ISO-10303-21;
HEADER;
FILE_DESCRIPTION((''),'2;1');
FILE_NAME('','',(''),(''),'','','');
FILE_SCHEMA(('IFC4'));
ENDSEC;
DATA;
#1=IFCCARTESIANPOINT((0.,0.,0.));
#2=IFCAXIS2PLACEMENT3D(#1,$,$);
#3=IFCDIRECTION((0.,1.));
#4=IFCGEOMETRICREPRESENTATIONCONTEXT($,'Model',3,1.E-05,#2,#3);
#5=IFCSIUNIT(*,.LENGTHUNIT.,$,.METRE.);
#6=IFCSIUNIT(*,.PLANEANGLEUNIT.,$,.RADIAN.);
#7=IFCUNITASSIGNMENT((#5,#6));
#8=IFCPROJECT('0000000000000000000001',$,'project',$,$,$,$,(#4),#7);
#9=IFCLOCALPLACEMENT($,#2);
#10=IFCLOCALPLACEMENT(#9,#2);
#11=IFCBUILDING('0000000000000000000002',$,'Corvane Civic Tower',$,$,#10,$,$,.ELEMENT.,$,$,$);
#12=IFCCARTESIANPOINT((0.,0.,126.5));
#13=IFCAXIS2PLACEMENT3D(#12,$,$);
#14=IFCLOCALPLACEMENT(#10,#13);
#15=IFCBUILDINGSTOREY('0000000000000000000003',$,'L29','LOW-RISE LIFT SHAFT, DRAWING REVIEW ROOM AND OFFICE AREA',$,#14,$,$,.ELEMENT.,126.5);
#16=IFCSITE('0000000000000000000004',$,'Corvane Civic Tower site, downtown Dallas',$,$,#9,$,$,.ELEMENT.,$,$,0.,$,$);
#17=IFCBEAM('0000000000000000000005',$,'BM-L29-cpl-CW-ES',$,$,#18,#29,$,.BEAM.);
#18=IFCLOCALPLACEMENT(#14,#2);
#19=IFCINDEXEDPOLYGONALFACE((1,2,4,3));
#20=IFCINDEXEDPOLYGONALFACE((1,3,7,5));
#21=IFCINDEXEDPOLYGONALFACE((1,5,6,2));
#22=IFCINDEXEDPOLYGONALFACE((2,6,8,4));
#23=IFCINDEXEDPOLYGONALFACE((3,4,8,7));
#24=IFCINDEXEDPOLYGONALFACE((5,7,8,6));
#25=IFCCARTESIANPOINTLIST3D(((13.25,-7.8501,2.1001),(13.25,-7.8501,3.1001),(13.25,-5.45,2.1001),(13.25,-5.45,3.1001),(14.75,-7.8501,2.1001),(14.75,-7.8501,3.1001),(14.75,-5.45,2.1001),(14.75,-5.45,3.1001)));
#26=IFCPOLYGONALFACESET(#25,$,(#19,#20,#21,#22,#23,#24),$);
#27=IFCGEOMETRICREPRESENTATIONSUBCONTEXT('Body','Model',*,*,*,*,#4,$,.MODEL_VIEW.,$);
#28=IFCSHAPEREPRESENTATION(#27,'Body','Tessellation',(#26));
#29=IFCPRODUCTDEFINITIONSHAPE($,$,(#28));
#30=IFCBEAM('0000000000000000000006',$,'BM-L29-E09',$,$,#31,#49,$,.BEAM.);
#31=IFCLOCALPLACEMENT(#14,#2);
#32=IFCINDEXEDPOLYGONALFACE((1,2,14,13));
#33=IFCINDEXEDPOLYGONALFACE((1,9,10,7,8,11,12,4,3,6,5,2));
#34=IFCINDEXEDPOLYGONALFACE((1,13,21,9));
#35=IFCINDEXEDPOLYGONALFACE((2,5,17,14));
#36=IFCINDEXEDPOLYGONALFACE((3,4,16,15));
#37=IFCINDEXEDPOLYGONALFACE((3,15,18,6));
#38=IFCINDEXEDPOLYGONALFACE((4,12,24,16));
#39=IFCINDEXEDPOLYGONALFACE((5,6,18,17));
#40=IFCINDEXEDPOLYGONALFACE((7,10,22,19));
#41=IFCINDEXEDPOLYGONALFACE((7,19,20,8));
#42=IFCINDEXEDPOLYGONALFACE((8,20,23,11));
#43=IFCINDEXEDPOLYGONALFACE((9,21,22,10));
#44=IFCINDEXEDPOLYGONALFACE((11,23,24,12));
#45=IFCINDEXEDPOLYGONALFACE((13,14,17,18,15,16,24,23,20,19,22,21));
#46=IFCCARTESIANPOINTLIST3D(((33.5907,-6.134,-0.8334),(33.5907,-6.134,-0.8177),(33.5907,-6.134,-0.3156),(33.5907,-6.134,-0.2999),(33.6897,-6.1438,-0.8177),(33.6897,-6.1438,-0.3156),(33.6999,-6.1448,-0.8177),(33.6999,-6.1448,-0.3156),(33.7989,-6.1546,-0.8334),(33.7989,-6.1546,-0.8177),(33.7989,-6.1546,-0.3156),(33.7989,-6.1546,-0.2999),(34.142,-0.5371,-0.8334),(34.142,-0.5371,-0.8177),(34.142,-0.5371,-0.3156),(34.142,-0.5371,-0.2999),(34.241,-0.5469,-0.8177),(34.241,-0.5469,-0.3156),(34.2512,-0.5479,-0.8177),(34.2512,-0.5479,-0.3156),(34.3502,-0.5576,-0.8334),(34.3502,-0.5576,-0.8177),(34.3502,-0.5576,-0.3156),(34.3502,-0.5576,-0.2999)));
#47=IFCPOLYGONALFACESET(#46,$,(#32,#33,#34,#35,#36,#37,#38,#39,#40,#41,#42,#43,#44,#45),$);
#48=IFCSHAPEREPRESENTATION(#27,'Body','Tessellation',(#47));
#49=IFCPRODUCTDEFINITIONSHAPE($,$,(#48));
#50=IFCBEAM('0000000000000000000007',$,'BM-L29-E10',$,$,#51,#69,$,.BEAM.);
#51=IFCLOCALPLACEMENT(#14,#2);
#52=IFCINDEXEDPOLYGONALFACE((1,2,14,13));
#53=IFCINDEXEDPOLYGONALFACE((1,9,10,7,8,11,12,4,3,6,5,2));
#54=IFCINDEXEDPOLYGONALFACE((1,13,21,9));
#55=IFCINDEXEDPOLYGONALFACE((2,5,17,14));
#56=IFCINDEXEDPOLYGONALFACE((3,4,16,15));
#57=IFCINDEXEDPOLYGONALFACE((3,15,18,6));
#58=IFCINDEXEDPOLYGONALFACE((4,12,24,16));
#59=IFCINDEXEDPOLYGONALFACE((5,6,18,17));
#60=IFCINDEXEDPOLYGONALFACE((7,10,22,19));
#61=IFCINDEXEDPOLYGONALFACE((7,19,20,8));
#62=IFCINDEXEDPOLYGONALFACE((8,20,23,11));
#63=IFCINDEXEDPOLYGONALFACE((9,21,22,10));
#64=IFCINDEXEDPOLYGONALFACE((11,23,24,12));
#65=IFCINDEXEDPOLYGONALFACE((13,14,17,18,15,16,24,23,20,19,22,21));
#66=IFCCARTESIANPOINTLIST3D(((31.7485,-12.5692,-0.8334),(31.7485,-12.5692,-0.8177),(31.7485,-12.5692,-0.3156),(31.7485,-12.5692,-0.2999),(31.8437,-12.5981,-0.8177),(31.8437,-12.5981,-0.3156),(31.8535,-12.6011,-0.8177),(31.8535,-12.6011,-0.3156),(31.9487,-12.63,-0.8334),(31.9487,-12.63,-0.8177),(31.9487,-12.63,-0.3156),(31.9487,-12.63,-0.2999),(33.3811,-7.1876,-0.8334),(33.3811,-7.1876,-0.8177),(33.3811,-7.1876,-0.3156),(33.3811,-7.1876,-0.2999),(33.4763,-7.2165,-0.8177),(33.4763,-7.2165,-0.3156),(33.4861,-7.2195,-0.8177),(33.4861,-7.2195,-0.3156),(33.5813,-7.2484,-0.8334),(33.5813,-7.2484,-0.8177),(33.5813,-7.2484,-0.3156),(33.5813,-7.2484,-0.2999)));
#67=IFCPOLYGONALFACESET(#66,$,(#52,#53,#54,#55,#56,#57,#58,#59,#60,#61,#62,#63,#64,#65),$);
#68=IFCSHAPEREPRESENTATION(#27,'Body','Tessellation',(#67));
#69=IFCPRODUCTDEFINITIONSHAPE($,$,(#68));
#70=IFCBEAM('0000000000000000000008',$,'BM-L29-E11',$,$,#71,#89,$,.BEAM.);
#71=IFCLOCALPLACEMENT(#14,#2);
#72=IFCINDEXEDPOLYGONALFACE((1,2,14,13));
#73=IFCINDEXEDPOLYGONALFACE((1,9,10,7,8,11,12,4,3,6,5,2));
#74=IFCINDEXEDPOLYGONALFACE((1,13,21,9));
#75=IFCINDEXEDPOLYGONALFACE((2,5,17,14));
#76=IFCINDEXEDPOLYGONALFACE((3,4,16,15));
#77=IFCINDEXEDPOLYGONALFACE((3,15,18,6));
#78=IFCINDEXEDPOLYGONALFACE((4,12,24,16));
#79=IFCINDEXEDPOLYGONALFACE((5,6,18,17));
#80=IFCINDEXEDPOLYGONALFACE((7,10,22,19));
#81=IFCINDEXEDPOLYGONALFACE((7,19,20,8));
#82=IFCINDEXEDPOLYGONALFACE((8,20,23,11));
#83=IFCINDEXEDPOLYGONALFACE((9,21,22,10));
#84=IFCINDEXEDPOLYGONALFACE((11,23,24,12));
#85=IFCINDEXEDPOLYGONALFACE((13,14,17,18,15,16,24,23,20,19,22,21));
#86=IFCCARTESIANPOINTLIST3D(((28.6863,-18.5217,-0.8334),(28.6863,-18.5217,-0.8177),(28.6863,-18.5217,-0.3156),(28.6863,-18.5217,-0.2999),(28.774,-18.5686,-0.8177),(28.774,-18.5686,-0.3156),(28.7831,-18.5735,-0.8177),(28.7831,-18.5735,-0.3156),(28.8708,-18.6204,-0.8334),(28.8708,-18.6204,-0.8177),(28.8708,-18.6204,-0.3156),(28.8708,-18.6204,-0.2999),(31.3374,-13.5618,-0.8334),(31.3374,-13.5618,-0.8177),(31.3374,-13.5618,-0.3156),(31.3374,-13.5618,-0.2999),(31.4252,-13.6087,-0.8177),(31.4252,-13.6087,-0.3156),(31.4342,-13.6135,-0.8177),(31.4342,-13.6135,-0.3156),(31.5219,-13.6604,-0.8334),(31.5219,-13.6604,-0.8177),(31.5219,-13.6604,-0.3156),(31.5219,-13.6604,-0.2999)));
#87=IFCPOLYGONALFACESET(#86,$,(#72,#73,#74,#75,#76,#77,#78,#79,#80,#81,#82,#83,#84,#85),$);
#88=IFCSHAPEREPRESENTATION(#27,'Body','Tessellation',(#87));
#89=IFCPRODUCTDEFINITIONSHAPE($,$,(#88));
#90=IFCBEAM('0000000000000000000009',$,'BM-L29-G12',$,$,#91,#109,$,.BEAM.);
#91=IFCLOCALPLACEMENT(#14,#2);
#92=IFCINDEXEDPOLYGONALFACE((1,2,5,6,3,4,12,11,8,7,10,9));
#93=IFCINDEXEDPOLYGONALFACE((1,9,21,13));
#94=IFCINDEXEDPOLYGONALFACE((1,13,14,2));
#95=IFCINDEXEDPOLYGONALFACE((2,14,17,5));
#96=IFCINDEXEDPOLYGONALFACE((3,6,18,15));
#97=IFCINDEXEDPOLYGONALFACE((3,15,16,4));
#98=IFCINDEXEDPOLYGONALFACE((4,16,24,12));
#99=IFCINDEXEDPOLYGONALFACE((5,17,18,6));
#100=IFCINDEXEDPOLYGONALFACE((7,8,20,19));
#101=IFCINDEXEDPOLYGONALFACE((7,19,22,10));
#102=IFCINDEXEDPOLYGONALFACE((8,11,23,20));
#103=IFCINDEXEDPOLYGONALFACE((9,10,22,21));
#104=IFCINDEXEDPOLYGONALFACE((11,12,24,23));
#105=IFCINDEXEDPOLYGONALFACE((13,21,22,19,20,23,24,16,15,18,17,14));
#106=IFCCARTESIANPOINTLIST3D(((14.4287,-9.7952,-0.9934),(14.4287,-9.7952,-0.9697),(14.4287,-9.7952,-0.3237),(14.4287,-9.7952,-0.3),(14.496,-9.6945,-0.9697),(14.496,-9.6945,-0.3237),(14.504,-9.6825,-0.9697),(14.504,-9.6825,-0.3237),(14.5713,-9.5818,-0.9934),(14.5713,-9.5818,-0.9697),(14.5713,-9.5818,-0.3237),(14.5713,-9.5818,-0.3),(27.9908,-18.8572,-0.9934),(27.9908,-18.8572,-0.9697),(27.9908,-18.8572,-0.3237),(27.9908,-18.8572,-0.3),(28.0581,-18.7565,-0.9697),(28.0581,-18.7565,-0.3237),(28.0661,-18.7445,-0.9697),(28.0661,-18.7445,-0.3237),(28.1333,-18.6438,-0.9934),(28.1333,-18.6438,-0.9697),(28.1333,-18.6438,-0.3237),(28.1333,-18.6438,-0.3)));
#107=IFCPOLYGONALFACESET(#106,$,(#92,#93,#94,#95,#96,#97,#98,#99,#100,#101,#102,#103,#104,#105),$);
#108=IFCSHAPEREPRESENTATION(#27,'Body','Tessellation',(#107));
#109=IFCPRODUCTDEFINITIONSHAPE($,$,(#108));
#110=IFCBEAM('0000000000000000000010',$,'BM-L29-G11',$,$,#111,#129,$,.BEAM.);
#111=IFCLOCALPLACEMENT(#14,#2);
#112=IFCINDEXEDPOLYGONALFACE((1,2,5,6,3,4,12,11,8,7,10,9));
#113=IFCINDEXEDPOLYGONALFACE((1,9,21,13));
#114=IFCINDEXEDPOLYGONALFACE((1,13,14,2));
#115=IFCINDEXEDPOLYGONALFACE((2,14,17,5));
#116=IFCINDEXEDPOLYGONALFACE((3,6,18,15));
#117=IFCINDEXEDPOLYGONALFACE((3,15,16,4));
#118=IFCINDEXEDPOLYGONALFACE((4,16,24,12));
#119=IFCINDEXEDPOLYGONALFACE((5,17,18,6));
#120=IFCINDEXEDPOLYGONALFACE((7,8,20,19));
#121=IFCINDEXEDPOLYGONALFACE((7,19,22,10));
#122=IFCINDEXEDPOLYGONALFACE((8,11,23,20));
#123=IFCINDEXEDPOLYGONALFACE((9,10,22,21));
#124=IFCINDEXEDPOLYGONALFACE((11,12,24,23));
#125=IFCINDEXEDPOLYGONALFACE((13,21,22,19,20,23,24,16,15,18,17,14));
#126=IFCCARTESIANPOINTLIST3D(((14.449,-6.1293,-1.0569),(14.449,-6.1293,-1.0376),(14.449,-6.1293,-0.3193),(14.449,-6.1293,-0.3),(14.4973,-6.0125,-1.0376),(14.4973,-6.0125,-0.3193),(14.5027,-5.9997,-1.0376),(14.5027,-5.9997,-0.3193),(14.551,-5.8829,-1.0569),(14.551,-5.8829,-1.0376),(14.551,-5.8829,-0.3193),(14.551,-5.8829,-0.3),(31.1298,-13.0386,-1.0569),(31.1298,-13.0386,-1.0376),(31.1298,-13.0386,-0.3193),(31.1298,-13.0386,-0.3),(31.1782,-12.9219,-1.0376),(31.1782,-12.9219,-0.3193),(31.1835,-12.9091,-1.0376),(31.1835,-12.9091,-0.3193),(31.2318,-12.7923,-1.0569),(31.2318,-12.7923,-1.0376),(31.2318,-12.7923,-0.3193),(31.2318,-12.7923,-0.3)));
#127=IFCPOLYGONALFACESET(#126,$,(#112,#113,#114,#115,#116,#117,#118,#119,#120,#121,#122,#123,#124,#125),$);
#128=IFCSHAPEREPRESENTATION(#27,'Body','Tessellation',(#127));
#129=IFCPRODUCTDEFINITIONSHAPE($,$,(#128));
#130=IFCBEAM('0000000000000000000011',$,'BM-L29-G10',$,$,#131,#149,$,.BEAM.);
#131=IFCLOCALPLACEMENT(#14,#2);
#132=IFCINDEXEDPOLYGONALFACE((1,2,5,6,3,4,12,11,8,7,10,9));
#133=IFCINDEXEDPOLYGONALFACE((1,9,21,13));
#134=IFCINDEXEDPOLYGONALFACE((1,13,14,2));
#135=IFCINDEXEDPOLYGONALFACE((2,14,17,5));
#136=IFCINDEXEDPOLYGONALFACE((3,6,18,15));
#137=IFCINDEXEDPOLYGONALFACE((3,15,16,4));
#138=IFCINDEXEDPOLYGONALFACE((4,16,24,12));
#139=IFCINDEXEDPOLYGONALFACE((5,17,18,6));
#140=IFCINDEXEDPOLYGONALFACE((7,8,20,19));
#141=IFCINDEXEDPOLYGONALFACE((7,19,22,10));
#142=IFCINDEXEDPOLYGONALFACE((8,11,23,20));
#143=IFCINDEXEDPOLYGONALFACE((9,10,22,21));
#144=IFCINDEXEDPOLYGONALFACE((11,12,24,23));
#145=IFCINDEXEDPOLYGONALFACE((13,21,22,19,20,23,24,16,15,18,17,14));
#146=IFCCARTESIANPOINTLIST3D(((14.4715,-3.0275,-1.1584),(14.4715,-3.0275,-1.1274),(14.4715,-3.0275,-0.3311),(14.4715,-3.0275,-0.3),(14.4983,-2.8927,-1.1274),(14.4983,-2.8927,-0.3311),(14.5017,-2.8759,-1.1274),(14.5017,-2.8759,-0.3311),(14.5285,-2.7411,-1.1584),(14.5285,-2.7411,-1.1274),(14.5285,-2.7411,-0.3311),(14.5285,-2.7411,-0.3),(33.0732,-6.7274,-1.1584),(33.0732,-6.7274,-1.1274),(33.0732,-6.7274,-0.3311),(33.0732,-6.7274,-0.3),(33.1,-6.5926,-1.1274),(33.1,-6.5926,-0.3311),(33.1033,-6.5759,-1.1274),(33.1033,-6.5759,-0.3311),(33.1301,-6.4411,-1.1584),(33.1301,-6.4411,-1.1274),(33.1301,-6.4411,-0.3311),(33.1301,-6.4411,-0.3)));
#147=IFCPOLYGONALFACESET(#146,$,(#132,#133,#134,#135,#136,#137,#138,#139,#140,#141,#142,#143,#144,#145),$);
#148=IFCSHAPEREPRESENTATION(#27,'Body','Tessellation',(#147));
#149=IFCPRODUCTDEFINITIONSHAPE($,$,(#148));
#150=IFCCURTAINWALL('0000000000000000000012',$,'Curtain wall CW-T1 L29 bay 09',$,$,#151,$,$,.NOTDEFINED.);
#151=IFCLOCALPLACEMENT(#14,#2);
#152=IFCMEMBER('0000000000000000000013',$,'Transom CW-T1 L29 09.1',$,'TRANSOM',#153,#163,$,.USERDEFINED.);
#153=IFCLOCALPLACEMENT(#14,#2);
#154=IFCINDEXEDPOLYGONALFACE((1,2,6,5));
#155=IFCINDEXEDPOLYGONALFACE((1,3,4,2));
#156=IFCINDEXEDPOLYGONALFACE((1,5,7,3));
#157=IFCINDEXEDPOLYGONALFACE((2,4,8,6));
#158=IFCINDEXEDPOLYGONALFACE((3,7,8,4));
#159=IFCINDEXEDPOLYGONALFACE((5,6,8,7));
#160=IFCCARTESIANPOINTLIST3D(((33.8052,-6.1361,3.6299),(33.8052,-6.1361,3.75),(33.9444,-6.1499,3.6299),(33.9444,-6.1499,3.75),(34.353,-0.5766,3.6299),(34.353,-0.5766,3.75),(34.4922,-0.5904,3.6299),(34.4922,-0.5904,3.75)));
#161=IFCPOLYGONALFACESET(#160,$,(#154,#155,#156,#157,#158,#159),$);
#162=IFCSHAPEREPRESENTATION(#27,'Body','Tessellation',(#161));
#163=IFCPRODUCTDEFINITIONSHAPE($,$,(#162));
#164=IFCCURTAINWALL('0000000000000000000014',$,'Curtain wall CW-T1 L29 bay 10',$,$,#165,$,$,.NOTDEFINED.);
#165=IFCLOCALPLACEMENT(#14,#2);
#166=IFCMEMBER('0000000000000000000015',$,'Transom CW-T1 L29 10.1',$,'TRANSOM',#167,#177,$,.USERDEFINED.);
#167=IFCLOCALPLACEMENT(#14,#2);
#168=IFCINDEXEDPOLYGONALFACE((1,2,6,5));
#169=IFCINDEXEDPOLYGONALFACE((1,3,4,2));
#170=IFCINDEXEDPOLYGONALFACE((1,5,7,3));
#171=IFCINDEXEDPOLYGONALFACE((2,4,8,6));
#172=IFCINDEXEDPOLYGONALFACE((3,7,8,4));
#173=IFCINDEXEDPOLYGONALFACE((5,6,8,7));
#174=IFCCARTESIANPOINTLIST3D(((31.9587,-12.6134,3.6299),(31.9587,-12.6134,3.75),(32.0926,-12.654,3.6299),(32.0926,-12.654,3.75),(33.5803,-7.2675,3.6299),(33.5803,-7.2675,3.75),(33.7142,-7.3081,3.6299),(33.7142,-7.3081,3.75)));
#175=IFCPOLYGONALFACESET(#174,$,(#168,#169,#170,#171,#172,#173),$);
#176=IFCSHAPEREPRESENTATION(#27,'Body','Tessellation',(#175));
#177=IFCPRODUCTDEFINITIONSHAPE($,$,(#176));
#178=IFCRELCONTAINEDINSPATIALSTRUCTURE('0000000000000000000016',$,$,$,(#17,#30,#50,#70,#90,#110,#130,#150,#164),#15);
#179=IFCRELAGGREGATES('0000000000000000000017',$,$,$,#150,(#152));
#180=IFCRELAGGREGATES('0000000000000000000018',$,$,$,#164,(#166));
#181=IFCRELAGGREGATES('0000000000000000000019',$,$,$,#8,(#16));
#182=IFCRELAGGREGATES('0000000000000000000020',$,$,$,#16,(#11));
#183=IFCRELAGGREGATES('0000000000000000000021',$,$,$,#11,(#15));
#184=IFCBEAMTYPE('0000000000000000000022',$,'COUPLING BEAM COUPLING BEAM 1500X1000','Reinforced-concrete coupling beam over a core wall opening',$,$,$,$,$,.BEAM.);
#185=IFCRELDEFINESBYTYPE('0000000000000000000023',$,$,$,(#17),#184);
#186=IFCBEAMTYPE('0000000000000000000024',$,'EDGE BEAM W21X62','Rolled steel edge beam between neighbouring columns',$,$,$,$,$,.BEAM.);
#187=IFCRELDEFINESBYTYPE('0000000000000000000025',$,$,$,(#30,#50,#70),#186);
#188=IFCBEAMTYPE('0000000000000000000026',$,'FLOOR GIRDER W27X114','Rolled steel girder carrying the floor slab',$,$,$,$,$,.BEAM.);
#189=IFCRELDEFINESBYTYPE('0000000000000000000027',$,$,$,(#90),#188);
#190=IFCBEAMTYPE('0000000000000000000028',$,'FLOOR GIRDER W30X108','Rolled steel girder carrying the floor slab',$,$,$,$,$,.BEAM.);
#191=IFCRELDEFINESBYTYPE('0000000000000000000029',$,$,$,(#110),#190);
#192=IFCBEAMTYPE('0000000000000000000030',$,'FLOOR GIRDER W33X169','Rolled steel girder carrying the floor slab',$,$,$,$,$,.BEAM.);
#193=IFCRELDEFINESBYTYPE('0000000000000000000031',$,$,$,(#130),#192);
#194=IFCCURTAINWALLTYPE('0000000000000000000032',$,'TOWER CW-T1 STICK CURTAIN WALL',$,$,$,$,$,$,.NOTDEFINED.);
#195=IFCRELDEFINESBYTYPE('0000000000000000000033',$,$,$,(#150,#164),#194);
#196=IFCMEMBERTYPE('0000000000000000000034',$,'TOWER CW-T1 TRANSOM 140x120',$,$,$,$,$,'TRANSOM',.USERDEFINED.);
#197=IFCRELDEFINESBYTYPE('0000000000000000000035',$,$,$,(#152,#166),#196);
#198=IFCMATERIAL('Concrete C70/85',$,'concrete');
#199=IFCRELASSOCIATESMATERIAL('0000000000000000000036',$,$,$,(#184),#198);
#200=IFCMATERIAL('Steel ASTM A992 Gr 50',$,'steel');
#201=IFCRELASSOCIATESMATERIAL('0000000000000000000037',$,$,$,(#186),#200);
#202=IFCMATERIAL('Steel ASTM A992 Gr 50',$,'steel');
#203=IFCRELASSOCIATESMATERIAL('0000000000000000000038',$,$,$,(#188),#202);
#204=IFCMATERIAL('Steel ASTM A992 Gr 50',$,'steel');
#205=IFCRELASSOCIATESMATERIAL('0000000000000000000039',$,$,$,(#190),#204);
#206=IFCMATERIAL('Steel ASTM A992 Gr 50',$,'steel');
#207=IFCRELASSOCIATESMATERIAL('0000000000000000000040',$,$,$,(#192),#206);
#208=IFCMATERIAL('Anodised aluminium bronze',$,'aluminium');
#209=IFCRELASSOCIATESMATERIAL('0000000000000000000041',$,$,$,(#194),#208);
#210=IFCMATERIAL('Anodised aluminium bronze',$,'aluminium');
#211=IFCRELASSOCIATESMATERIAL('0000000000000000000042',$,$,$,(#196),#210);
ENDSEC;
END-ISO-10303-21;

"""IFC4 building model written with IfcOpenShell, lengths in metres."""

from ifc_helpers import new_model, si_unit, direction, frame, origin, origin_2d, place, context, subcontext, project, spatial, rectangle, i_section, extrude, material, material_profile, profile_set, type_object, element, aggregate, save


model = new_model("IFC4")

# Units and contexts
model_context = context("Model", 3, precision=1e-05, world=origin(), true_north=direction((0.0, 1.0)))
body_context = subcontext(model_context, "Body", "Model", "MODEL_VIEW")
ifc_project = project(units=[si_unit("LENGTHUNIT", "METRE"), si_unit("PLANEANGLEUNIT", "RADIAN")], contexts=[model_context])

# Site, building, storey
site_placement = place(None, origin())
site = spatial("IfcSite", under=ifc_project, at=site_placement, Name="Corvane Civic Tower site, downtown Dallas", CompositionType="ELEMENT", RefElevation=0.0)
building_placement = place(site_placement, origin())
building = spatial("IfcBuilding", under=site, at=building_placement, Name="Corvane Civic Tower", CompositionType="ELEMENT")
storey_placement = place(building_placement, frame((0.0, 0.0, 126.5)))
storey = spatial("IfcBuildingStorey", under=building, at=storey_placement, Name="L29", Description="LOW-RISE LIFT SHAFT, DRAWING REVIEW ROOM AND OFFICE AREA", CompositionType="ELEMENT", Elevation=126.5)

# Beams
ifc_material_1 = material(Name="Concrete C70/85", Category="concrete")
ifc_material_profile_1 = material_profile(ifc_material_1, rectangle(XDim=1.5, YDim=1.0, at=origin_2d()), Name="COUPLING BEAM 1500X1000")
ifc_profile_set_1 = profile_set([ifc_material_profile_1], Name="Concrete C70/85")
beam_type_1 = type_object("IfcBeamType", Name="COUPLING BEAM COUPLING BEAM 1500X1000", Description="Reinforced-concrete coupling beam over a core wall opening", PredefinedType="BEAM", material=ifc_profile_set_1)
beam_1_placement = place(storey_placement, frame((14.0, -7.8501, 2.6001), z_axis=(0.0, 1.0, 0.0), x_axis=(-1.0, 0.0, 0.0)))
element("IfcBeam", 1, at=beam_1_placement, inside=storey, type_object=beam_type_1, Name="BM-L29-cpl-CW-ES", PredefinedType="BEAM", context=body_context, shape_type="SweptSolid", body=[
    extrude(rectangle(XDim=1.5, YDim=1.0, at=origin_2d()), origin(), (0.0, 0.0, 1.0), 2.4001),
])
ifc_material_2 = material(Name="Steel ASTM A992 Gr 50", Category="steel")
ifc_material_profile_2 = material_profile(ifc_material_2, i_section(OverallWidth=0.2092, OverallDepth=0.5334, WebThickness=0.0103, FlangeThickness=0.0156, at=origin_2d()), Name="W21X62")
ifc_profile_set_2 = profile_set([ifc_material_profile_2], Name="Steel ASTM A992 Gr 50")
beam_type_2 = type_object("IfcBeamType", Name="EDGE BEAM W21X62", Description="Rolled steel edge beam between neighbouring columns", PredefinedType="BEAM", material=ifc_profile_set_2)
beam_2_placement = place(storey_placement, frame((34.2461, -0.5474, -0.5667), z_axis=(-0.098021, -0.995184, 0.0), x_axis=(0.995184, -0.098021, 0.0)))
element("IfcBeam", 2, at=beam_2_placement, inside=storey, type_object=beam_type_2, Name="BM-L29-E09", PredefinedType="BEAM", context=body_context, shape_type="SweptSolid", body=[
    extrude(i_section(OverallWidth=0.2092, OverallDepth=0.5334, WebThickness=0.0103, FlangeThickness=0.0156, at=origin_2d()), origin(), (0.0, 0.0, 1.0), 5.624),
])
beam_3_placement = place(storey_placement, frame((33.4812, -7.218, -0.5667), z_axis=(-0.290298, -0.956936, 0.0), x_axis=(0.956936, -0.290298, 0.0)))
element("IfcBeam", 3, at=beam_3_placement, inside=storey, type_object=beam_type_2, Name="BM-L29-E10", PredefinedType="BEAM", context=body_context, shape_type="SweptSolid", body=[
    extrude(i_section(OverallWidth=0.2092, OverallDepth=0.5334, WebThickness=0.0103, FlangeThickness=0.0156, at=origin_2d()), origin(), (0.0, 0.0, 1.0), 5.6238),
])
beam_4_placement = place(storey_placement, frame((31.4297, -13.6111, -0.5667), z_axis=(-0.471392, -0.881924, 0.0), x_axis=(0.881924, -0.471392, 0.0)))
element("IfcBeam", 4, at=beam_4_placement, inside=storey, type_object=beam_type_2, Name="BM-L29-E11", PredefinedType="BEAM", context=body_context, shape_type="SweptSolid", body=[
    extrude(i_section(OverallWidth=0.2092, OverallDepth=0.5334, WebThickness=0.0103, FlangeThickness=0.0156, at=origin_2d()), origin(), (0.0, 0.0, 1.0), 5.624),
])
ifc_material_3 = material(Name="Steel ASTM A992 Gr 50", Category="steel")
ifc_material_profile_3 = material_profile(ifc_material_3, i_section(OverallWidth=0.2566, OverallDepth=0.6934, WebThickness=0.0144, FlangeThickness=0.0237, at=origin_2d()), Name="W27X114")
ifc_profile_set_3 = profile_set([ifc_material_profile_3], Name="Steel ASTM A992 Gr 50")
beam_type_3 = type_object("IfcBeamType", Name="FLOOR GIRDER W27X114", Description="Rolled steel girder carrying the floor slab", PredefinedType="BEAM", material=ifc_profile_set_3)
beam_5_placement = place(storey_placement, frame((14.5, -9.6885, -0.6467), z_axis=(0.831465, -0.555577, 0.0), x_axis=(0.555577, 0.831465, 0.0)))
element("IfcBeam", 5, at=beam_5_placement, inside=storey, type_object=beam_type_3, Name="BM-L29-G12", PredefinedType="BEAM", context=body_context, shape_type="SweptSolid", body=[
    extrude(i_section(OverallWidth=0.2566, OverallDepth=0.6934, WebThickness=0.0144, FlangeThickness=0.0237, at=origin_2d()), origin(), (0.0, 0.0, 1.0), 16.311),
])
ifc_material_4 = material(Name="Steel ASTM A992 Gr 50", Category="steel")
ifc_material_profile_4 = material_profile(ifc_material_4, i_section(OverallWidth=0.2666, OverallDepth=0.7568, WebThickness=0.0139, FlangeThickness=0.0193, at=origin_2d()), Name="W30X108")
ifc_profile_set_4 = profile_set([ifc_material_profile_4], Name="Steel ASTM A992 Gr 50")
beam_type_4 = type_object("IfcBeamType", Name="FLOOR GIRDER W30X108", Description="Rolled steel girder carrying the floor slab", PredefinedType="BEAM", material=ifc_profile_set_4)
beam_6_placement = place(storey_placement, frame((14.5, -6.0061, -0.6785), z_axis=(0.92388, -0.382682, 0.0), x_axis=(0.382682, 0.92388, 0.0)))
element("IfcBeam", 6, at=beam_6_placement, inside=storey, type_object=beam_type_4, Name="BM-L29-G11", PredefinedType="BEAM", context=body_context, shape_type="SweptSolid", body=[
    extrude(i_section(OverallWidth=0.2666, OverallDepth=0.7568, WebThickness=0.0139, FlangeThickness=0.0193, at=origin_2d()), origin(), (0.0, 0.0, 1.0), 18.0552),
])
ifc_material_5 = material(Name="Steel ASTM A992 Gr 50", Category="steel")
ifc_material_profile_5 = material_profile(ifc_material_5, i_section(OverallWidth=0.292, OverallDepth=0.8584, WebThickness=0.0171, FlangeThickness=0.031, at=origin_2d()), Name="W33X169")
ifc_profile_set_5 = profile_set([ifc_material_profile_5], Name="Steel ASTM A992 Gr 50")
beam_type_5 = type_object("IfcBeamType", Name="FLOOR GIRDER W33X169", Description="Rolled steel girder carrying the floor slab", PredefinedType="BEAM", material=ifc_profile_set_5)
beam_7_placement = place(storey_placement, frame((14.5, -2.8843, -0.7292), z_axis=(0.980787, -0.195084, 0.0), x_axis=(0.195084, 0.980787, 0.0)))
element("IfcBeam", 7, at=beam_7_placement, inside=storey, type_object=beam_type_5, Name="BM-L29-G10", PredefinedType="BEAM", context=body_context, shape_type="SweptSolid", body=[
    extrude(i_section(OverallWidth=0.292, OverallDepth=0.8584, WebThickness=0.0171, FlangeThickness=0.031, at=origin_2d()), origin(), (0.0, 0.0, 1.0), 18.9661),
])

# Curtain walls, members
ifc_material_6 = material(Name="Anodised aluminium bronze", Category="aluminium")
curtain_wall_type = type_object("IfcCurtainWallType", Name="TOWER CW-T1 STICK CURTAIN WALL", PredefinedType="NOTDEFINED", material=ifc_material_6)
curtain_wall_1_placement = place(storey_placement, origin())
curtain_wall_1 = element("IfcCurtainWall", 8, at=curtain_wall_1_placement, inside=storey, type_object=curtain_wall_type, Name="Curtain wall CW-T1 L29 bay 09", PredefinedType="NOTDEFINED")
ifc_material_7 = material(Name="Anodised aluminium bronze", Category="aluminium")
ifc_material_profile_6 = material_profile(ifc_material_7, rectangle(XDim=0.1399, YDim=0.1201, at=origin_2d()), Name="TOWER CW-T1 TRANSOM 140x120")
ifc_profile_set_6 = profile_set([ifc_material_profile_6], Name="Anodised aluminium bronze")
member_type = type_object("IfcMemberType", Name="TOWER CW-T1 TRANSOM 140x120", ElementType="TRANSOM", PredefinedType="USERDEFINED", material=ifc_profile_set_6)
member_1_placement = place(storey_placement, frame((34.4226, -0.5835, 3.6899), z_axis=(-0.098067, -0.99518, 0.0), x_axis=(0.99518, -0.098067, 0.0)))
member_1 = element("IfcMember", 9, at=member_1_placement, type_object=member_type, Name="Transom CW-T1 L29 09.1", ObjectType="TRANSOM", PredefinedType="USERDEFINED", context=body_context, shape_type="SweptSolid", body=[
    extrude(rectangle(XDim=0.1399, YDim=0.1201, at=origin_2d()), origin(), (0.0, 0.0, 1.0), 5.5864),
])
curtain_wall_2_placement = place(storey_placement, origin())
curtain_wall_2 = element("IfcCurtainWall", 10, at=curtain_wall_2_placement, inside=storey, type_object=curtain_wall_type, Name="Curtain wall CW-T1 L29 bay 10", PredefinedType="NOTDEFINED")
member_2_placement = place(storey_placement, frame((33.6472, -7.2878, 3.6899), z_axis=(-0.290269, -0.956945, 0.0), x_axis=(0.956945, -0.290269, 0.0)))
member_2 = element("IfcMember", 11, at=member_2_placement, type_object=member_type, Name="Transom CW-T1 L29 10.1", ObjectType="TRANSOM", PredefinedType="USERDEFINED", context=body_context, shape_type="SweptSolid", body=[
    extrude(rectangle(XDim=0.1399, YDim=0.1201, at=origin_2d()), origin(), (0.0, 0.0, 1.0), 5.5864),
])

aggregate(curtain_wall_1, [member_1])
aggregate(curtain_wall_2, [member_2])

save(model, "model.ifc")
